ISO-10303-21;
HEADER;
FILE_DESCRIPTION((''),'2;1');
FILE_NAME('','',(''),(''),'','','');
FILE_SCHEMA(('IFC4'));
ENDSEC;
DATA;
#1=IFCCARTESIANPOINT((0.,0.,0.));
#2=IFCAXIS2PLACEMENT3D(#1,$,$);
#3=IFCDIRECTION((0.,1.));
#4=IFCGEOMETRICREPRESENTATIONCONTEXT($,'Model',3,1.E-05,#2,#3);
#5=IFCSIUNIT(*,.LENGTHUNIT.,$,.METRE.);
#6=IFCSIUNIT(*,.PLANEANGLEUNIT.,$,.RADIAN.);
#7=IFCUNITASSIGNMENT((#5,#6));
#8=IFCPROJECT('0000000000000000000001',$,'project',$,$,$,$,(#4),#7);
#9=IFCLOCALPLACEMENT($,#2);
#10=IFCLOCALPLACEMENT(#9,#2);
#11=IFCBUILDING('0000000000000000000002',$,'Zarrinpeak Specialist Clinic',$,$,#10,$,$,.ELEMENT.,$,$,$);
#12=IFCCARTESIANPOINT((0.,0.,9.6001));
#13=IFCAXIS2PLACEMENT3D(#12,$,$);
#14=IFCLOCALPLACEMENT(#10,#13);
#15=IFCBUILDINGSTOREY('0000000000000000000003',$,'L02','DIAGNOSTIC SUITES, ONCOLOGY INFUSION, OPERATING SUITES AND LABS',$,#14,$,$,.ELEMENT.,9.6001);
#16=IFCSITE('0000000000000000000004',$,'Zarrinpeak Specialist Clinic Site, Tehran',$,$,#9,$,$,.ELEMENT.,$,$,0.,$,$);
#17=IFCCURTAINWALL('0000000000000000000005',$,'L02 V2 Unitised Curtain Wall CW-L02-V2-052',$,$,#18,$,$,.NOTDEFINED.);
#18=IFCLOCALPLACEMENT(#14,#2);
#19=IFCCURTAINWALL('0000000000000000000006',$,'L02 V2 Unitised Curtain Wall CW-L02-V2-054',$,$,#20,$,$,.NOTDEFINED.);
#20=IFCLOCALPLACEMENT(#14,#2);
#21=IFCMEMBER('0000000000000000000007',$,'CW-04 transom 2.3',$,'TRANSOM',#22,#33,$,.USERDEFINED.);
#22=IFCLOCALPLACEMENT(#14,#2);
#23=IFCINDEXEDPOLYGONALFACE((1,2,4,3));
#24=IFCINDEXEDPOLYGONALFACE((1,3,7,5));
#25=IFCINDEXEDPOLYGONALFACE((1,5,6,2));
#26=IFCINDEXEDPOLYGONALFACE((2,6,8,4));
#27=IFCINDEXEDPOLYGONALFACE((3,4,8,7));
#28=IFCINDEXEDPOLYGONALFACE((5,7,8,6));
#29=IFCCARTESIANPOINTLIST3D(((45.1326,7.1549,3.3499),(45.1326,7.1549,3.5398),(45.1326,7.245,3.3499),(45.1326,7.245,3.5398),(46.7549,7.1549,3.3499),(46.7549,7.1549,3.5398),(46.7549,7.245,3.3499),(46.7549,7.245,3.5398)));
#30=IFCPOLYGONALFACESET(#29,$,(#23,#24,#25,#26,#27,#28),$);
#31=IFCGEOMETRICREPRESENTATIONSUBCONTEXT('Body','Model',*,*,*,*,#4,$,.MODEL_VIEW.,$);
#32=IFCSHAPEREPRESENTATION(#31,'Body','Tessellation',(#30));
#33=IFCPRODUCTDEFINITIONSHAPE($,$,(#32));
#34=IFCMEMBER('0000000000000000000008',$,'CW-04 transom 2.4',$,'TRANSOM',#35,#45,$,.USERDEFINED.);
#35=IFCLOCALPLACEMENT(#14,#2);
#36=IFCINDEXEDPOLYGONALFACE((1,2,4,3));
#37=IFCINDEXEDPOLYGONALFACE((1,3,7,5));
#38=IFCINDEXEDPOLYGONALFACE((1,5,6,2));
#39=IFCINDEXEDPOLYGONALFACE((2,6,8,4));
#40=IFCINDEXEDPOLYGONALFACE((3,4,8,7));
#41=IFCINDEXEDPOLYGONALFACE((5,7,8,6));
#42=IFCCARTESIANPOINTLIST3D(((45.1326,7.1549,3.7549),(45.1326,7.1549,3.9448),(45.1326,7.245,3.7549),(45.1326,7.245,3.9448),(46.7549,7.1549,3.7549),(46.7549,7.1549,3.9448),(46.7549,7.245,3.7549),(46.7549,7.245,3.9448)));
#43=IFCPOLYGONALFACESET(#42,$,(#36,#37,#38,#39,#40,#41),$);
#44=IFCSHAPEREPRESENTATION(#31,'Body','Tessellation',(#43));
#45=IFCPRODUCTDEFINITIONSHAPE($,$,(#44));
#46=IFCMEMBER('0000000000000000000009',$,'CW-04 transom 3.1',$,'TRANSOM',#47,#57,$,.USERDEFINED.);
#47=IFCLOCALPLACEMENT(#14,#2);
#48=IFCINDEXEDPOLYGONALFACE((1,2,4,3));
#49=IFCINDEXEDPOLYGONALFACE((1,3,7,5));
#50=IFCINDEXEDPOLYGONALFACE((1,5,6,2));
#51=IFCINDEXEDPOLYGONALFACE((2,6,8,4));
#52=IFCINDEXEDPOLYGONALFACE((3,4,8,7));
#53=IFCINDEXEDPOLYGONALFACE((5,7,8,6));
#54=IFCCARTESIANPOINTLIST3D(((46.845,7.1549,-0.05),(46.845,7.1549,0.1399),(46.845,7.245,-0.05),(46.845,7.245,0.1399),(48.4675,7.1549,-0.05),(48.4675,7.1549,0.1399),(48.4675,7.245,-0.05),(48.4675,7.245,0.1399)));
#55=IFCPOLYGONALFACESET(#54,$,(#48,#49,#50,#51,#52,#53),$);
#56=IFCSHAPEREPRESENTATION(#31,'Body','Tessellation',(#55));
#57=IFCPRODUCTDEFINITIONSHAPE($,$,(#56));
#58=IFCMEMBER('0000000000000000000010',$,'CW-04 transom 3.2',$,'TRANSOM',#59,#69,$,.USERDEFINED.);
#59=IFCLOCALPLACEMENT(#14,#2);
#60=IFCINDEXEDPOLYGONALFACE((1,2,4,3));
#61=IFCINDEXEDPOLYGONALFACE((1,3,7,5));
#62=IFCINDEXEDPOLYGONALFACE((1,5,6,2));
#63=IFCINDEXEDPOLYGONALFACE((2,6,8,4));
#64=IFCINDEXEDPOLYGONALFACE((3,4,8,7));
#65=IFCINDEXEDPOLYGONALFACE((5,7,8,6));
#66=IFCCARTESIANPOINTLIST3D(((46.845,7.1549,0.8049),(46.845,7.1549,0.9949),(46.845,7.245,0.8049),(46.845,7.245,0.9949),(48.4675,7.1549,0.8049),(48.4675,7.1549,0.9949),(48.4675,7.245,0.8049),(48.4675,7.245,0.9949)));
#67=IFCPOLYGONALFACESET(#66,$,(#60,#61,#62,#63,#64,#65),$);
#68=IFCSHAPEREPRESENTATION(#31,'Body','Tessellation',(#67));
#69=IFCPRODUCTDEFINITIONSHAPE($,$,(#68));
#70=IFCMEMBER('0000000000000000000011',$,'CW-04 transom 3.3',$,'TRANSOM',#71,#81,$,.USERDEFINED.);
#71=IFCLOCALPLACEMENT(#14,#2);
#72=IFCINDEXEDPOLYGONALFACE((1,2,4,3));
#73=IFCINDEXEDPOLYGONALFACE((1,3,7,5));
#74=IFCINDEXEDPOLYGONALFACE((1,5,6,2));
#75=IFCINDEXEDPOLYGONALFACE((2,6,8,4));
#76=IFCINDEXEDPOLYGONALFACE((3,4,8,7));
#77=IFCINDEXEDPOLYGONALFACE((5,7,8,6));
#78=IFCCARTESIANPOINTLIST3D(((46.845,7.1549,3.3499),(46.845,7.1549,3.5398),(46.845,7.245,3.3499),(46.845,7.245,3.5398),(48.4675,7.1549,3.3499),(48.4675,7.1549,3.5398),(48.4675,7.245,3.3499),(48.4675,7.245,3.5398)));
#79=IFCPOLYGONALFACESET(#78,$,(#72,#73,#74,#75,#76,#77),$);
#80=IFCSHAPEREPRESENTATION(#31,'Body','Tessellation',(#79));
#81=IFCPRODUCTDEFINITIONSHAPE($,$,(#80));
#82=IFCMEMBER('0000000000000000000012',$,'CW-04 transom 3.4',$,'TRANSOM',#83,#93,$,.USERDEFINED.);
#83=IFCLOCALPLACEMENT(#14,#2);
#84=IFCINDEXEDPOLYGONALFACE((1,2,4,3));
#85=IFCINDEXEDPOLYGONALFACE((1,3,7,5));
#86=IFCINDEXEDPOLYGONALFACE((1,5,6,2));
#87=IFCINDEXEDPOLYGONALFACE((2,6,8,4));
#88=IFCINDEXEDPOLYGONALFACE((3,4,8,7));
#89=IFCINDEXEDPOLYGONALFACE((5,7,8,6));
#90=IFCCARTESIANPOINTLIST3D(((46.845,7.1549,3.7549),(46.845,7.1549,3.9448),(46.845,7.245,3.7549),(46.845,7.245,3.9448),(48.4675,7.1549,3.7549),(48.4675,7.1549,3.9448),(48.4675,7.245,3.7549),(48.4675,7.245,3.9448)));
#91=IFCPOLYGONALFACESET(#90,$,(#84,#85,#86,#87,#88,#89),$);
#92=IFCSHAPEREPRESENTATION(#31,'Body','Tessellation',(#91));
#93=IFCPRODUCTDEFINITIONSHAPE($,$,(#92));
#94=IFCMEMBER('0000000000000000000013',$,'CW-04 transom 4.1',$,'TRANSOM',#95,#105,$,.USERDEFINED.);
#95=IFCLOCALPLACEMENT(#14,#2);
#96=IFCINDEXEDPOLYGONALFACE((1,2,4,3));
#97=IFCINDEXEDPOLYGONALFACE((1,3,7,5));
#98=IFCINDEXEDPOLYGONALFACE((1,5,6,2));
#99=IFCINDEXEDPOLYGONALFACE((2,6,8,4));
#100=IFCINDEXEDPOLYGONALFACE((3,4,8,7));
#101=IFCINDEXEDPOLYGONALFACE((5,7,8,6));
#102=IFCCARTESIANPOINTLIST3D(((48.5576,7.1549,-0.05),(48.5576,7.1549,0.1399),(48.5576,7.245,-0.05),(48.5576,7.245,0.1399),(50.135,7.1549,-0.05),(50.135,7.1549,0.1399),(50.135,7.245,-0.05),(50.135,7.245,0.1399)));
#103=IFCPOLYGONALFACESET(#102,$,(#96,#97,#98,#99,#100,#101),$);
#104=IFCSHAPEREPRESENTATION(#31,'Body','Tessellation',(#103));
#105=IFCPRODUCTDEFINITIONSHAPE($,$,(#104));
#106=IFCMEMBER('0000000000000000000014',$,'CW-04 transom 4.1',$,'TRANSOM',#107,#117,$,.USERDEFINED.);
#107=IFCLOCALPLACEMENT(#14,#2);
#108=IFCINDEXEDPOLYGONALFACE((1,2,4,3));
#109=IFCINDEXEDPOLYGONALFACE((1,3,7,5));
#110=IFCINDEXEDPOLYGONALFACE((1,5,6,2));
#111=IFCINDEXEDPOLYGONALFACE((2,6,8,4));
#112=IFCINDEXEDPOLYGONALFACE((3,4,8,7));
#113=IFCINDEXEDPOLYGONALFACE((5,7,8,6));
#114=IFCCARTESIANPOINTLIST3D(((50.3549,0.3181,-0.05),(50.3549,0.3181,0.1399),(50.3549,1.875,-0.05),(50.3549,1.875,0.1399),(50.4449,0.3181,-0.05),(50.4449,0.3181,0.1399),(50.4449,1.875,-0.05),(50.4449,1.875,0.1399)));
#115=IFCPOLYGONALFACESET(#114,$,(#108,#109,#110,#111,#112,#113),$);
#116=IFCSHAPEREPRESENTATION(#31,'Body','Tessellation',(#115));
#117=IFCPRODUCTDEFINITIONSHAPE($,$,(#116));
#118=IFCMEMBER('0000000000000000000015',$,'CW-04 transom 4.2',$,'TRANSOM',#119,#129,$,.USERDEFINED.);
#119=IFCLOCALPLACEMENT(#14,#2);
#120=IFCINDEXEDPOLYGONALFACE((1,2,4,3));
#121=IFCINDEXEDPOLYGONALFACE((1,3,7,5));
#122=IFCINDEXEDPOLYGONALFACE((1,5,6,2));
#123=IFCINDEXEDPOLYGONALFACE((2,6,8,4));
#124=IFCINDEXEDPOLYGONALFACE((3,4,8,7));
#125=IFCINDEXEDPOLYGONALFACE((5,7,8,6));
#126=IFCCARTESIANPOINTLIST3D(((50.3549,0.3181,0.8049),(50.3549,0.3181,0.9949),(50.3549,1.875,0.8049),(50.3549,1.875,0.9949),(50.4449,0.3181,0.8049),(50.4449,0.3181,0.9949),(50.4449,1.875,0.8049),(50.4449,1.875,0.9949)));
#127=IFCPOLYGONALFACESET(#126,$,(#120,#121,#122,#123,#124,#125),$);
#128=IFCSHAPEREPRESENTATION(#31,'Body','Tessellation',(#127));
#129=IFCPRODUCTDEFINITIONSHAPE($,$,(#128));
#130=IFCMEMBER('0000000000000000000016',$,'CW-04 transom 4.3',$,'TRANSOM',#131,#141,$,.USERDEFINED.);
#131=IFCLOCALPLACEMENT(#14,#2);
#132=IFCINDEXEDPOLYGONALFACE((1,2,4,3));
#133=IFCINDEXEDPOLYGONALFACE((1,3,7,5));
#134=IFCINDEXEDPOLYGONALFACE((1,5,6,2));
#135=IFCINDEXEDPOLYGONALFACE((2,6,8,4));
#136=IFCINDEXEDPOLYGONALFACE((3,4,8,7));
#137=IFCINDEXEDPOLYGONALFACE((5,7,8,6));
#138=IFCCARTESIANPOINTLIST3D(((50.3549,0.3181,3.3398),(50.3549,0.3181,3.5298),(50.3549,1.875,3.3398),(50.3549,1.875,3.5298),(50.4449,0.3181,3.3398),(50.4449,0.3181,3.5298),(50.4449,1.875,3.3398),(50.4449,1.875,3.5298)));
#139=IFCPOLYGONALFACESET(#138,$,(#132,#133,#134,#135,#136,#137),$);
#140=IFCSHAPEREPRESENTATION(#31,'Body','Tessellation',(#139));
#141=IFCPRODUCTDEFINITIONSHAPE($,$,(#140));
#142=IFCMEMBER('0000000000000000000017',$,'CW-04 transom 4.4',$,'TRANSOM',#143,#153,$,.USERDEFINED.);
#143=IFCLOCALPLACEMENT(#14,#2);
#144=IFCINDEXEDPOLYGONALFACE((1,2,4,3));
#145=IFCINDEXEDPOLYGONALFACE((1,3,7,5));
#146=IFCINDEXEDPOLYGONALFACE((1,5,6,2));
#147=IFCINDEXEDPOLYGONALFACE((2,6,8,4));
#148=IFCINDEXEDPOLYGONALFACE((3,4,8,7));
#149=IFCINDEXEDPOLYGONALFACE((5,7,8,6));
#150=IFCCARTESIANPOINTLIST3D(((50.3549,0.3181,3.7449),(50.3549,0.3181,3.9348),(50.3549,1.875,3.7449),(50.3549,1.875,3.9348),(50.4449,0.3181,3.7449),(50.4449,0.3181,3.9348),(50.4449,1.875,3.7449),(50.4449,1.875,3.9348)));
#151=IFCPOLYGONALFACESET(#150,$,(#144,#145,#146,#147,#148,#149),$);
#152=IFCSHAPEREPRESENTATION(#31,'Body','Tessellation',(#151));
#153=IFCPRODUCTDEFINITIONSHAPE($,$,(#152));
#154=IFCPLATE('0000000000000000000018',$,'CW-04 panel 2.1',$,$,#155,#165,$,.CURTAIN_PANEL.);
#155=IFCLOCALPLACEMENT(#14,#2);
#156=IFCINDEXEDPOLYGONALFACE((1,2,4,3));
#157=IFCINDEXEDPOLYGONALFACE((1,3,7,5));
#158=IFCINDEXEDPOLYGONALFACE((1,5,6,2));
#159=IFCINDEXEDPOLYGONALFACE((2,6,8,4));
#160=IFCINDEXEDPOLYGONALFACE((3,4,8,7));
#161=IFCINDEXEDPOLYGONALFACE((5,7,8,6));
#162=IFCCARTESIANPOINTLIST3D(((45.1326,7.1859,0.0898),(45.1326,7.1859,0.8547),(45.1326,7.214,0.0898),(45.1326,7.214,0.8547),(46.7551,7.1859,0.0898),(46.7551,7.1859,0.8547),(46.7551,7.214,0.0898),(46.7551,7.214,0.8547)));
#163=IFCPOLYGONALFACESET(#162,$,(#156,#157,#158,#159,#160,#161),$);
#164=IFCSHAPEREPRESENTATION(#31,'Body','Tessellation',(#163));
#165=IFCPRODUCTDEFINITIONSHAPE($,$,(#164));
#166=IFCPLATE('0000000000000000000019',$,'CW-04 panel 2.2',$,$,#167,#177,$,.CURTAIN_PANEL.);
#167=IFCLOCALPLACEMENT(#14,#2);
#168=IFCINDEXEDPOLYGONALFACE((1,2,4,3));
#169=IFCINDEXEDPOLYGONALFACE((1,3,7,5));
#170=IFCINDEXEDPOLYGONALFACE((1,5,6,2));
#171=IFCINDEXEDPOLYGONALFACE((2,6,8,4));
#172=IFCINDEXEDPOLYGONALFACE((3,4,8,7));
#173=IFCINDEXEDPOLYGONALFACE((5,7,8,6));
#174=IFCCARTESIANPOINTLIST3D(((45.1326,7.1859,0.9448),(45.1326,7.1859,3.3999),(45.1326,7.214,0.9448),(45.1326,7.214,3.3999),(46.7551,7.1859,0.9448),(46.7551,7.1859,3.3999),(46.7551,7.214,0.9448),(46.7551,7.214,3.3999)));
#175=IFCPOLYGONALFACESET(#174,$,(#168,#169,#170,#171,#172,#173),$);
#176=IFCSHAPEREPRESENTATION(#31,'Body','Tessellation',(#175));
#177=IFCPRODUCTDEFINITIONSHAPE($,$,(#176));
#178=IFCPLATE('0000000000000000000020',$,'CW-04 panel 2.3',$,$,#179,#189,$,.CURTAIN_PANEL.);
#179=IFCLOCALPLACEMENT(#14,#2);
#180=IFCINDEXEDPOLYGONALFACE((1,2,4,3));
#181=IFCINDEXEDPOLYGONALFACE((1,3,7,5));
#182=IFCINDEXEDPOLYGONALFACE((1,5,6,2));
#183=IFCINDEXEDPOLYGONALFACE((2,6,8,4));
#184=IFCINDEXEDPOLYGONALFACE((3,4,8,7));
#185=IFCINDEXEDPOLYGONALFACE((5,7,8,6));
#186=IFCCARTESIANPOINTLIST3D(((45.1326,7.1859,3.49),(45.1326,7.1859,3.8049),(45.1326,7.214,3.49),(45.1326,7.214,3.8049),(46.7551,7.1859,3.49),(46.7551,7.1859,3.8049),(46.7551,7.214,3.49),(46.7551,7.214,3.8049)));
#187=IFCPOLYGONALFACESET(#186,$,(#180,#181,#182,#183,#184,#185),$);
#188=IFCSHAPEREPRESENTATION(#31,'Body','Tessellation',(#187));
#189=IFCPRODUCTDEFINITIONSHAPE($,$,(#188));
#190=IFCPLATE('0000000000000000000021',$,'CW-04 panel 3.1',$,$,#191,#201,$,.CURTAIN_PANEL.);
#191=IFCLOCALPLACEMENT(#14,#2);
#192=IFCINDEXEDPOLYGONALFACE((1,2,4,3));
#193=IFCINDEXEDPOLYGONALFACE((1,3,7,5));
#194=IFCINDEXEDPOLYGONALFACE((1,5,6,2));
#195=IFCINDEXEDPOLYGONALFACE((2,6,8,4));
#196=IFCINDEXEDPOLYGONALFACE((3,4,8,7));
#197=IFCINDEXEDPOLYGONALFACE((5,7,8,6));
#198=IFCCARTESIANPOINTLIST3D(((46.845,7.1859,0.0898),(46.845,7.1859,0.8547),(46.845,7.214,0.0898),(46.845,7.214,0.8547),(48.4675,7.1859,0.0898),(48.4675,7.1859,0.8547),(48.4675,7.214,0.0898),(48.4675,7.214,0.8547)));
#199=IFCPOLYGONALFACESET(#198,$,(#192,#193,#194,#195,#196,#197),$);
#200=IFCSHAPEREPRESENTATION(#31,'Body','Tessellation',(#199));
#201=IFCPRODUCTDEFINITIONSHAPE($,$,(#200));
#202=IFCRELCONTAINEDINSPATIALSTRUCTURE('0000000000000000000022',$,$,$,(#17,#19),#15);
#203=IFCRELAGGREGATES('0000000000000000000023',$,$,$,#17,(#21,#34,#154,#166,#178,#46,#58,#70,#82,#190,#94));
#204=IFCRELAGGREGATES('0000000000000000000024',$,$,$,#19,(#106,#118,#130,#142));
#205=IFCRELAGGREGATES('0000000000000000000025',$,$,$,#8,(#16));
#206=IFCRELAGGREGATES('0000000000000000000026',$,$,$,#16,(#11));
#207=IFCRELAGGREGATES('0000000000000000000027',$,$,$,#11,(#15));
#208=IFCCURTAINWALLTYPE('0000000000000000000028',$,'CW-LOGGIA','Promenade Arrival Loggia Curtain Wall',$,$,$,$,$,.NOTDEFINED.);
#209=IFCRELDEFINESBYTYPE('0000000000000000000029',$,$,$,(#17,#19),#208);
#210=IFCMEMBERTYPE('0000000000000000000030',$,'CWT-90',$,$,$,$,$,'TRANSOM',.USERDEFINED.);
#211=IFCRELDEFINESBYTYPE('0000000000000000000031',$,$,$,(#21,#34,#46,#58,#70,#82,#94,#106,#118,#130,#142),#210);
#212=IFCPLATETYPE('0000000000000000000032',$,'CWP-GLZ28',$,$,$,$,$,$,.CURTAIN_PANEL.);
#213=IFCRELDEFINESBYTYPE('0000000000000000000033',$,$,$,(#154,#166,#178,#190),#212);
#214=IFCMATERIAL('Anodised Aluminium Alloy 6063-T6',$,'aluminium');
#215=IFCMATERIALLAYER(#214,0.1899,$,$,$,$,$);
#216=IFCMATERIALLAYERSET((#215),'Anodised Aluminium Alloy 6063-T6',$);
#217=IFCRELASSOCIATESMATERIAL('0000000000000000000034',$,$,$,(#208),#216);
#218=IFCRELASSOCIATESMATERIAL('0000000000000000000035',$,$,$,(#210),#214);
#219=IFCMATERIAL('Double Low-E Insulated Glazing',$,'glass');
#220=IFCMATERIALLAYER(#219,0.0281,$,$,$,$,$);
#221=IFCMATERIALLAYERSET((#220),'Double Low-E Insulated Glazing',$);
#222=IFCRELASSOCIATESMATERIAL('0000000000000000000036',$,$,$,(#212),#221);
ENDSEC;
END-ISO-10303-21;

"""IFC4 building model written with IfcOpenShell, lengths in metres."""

from ifc_helpers import new_model, si_unit, direction, frame, origin, origin_2d, place, context, subcontext, project, spatial, rectangle, extrude, material, layer, layer_set, material_profile, profile_set, type_object, element, aggregate, save


model = new_model("IFC4")

# Units and contexts
model_context = context("Model", 3, precision=1e-05, world=origin(), true_north=direction((0.0, 1.0)))
body_context = subcontext(model_context, "Body", "Model", "MODEL_VIEW")
ifc_project = project(units=[si_unit("LENGTHUNIT", "METRE"), si_unit("PLANEANGLEUNIT", "RADIAN")], contexts=[model_context])

# Site, building, storey
site_placement = place(None, origin())
site = spatial("IfcSite", under=ifc_project, at=site_placement, Name="Zarrinpeak Specialist Clinic Site, Tehran", CompositionType="ELEMENT", RefElevation=0.0)
building_placement = place(site_placement, origin())
building = spatial("IfcBuilding", under=site, at=building_placement, Name="Zarrinpeak Specialist Clinic", CompositionType="ELEMENT")
storey_placement = place(building_placement, frame((0.0, 0.0, 9.6001)))
storey = spatial("IfcBuildingStorey", under=building, at=storey_placement, Name="L02", Description="DIAGNOSTIC SUITES, ONCOLOGY INFUSION, OPERATING SUITES AND LABS", CompositionType="ELEMENT", Elevation=9.6001)

# Curtain walls
ifc_material_1 = material(Name="Anodised Aluminium Alloy 6063-T6", Category="aluminium")
ifc_layer_1 = layer(ifc_material_1, 0.1899)
ifc_layer_set_1 = layer_set([ifc_layer_1], Name="Anodised Aluminium Alloy 6063-T6")
curtain_wall_type = type_object("IfcCurtainWallType", Name="CW-LOGGIA", Description="Promenade Arrival Loggia Curtain Wall", PredefinedType="NOTDEFINED", material=ifc_layer_set_1)
curtain_wall_1_placement = place(storey_placement, origin())
curtain_wall_1 = element("IfcCurtainWall", 1, at=curtain_wall_1_placement, inside=storey, type_object=curtain_wall_type, Name="L02 V2 Unitised Curtain Wall CW-L02-V2-052", PredefinedType="NOTDEFINED")
curtain_wall_2_placement = place(storey_placement, origin())
curtain_wall_2 = element("IfcCurtainWall", 2, at=curtain_wall_2_placement, inside=storey, type_object=curtain_wall_type, Name="L02 V2 Unitised Curtain Wall CW-L02-V2-054", PredefinedType="NOTDEFINED")

# Members
ifc_material_profile_1 = material_profile(ifc_material_1, rectangle(XDim=0.0901, YDim=0.1899, at=origin_2d()), Name="ALU 90x190")
ifc_profile_set_1 = profile_set([ifc_material_profile_1], Name="Anodised Aluminium Alloy 6063-T6")
member_type_1 = type_object("IfcMemberType", Name="CWT-90", ElementType="TRANSOM", PredefinedType="USERDEFINED", material=ifc_profile_set_1)
member_1_placement = place(storey_placement, frame((45.1326, 7.2, 3.4448), z_axis=(1.0, 0.0, 0.0), x_axis=(0.0, 1.0, 0.0)))
member_1 = element("IfcMember", 3, at=member_1_placement, type_object=member_type_1, Name="CW-04 transom 2.3", ObjectType="TRANSOM", PredefinedType="USERDEFINED", context=body_context, shape_type="SweptSolid", body=[
    extrude(rectangle(XDim=0.0901, YDim=0.1899, at=origin_2d()), origin(), (0.0, 0.0, 1.0), 1.6223),
])
member_2_placement = place(storey_placement, frame((45.1326, 7.2, 3.8499), z_axis=(1.0, 0.0, 0.0), x_axis=(0.0, 1.0, 0.0)))
member_2 = element("IfcMember", 4, at=member_2_placement, type_object=member_type_1, Name="CW-04 transom 2.4", ObjectType="TRANSOM", PredefinedType="USERDEFINED", context=body_context, shape_type="SweptSolid", body=[
    extrude(rectangle(XDim=0.0901, YDim=0.1899, at=origin_2d()), origin(), (0.0, 0.0, 1.0), 1.6223),
])
member_3_placement = place(storey_placement, frame((46.845, 7.2, 0.0449), z_axis=(1.0, 0.0, 0.0), x_axis=(0.0, 1.0, 0.0)))
member_3 = element("IfcMember", 5, at=member_3_placement, type_object=member_type_1, Name="CW-04 transom 3.1", ObjectType="TRANSOM", PredefinedType="USERDEFINED", context=body_context, shape_type="SweptSolid", body=[
    extrude(rectangle(XDim=0.0901, YDim=0.1899, at=origin_2d()), origin(), (0.0, 0.0, 1.0), 1.6226),
])
member_4_placement = place(storey_placement, frame((46.845, 7.2, 0.8999), z_axis=(1.0, 0.0, 0.0), x_axis=(0.0, 1.0, 0.0)))
member_4 = element("IfcMember", 6, at=member_4_placement, type_object=member_type_1, Name="CW-04 transom 3.2", ObjectType="TRANSOM", PredefinedType="USERDEFINED", context=body_context, shape_type="SweptSolid", body=[
    extrude(rectangle(XDim=0.0901, YDim=0.1899, at=origin_2d()), origin(), (0.0, 0.0, 1.0), 1.6226),
])
member_5_placement = place(storey_placement, frame((46.845, 7.2, 3.4448), z_axis=(1.0, 0.0, 0.0), x_axis=(0.0, 1.0, 0.0)))
member_5 = element("IfcMember", 7, at=member_5_placement, type_object=member_type_1, Name="CW-04 transom 3.3", ObjectType="TRANSOM", PredefinedType="USERDEFINED", context=body_context, shape_type="SweptSolid", body=[
    extrude(rectangle(XDim=0.0901, YDim=0.1899, at=origin_2d()), origin(), (0.0, 0.0, 1.0), 1.6226),
])
member_6_placement = place(storey_placement, frame((46.845, 7.2, 3.8499), z_axis=(1.0, 0.0, 0.0), x_axis=(0.0, 1.0, 0.0)))
member_6 = element("IfcMember", 8, at=member_6_placement, type_object=member_type_1, Name="CW-04 transom 3.4", ObjectType="TRANSOM", PredefinedType="USERDEFINED", context=body_context, shape_type="SweptSolid", body=[
    extrude(rectangle(XDim=0.0901, YDim=0.1899, at=origin_2d()), origin(), (0.0, 0.0, 1.0), 1.6226),
])
member_7_placement = place(storey_placement, frame((48.5576, 7.2, 0.0449), z_axis=(1.0, 0.0, 0.0), x_axis=(0.0, 1.0, 0.0)))
member_7 = element("IfcMember", 9, at=member_7_placement, type_object=member_type_1, Name="CW-04 transom 4.1", ObjectType="TRANSOM", PredefinedType="USERDEFINED", context=body_context, shape_type="SweptSolid", body=[
    extrude(rectangle(XDim=0.0901, YDim=0.1899, at=origin_2d()), origin(), (0.0, 0.0, 1.0), 1.5774),
])
member_8_placement = place(storey_placement, frame((50.3999, 1.875, 0.0449), z_axis=(0.0, -1.0, 0.0), x_axis=(1.0, 0.0, 0.0)))
member_8 = element("IfcMember", 10, at=member_8_placement, type_object=member_type_1, Name="CW-04 transom 4.1", ObjectType="TRANSOM", PredefinedType="USERDEFINED", context=body_context, shape_type="SweptSolid", body=[
    extrude(rectangle(XDim=0.0901, YDim=0.1899, at=origin_2d()), origin(), (0.0, 0.0, 1.0), 1.5569),
])
member_9_placement = place(storey_placement, frame((50.3999, 1.875, 0.8999), z_axis=(0.0, -1.0, 0.0), x_axis=(1.0, 0.0, 0.0)))
member_9 = element("IfcMember", 11, at=member_9_placement, type_object=member_type_1, Name="CW-04 transom 4.2", ObjectType="TRANSOM", PredefinedType="USERDEFINED", context=body_context, shape_type="SweptSolid", body=[
    extrude(rectangle(XDim=0.0901, YDim=0.1899, at=origin_2d()), origin(), (0.0, 0.0, 1.0), 1.5569),
])
member_10_placement = place(storey_placement, frame((50.3999, 1.875, 3.4348), z_axis=(0.0, -1.0, 0.0), x_axis=(1.0, 0.0, 0.0)))
member_10 = element("IfcMember", 12, at=member_10_placement, type_object=member_type_1, Name="CW-04 transom 4.3", ObjectType="TRANSOM", PredefinedType="USERDEFINED", context=body_context, shape_type="SweptSolid", body=[
    extrude(rectangle(XDim=0.0901, YDim=0.1899, at=origin_2d()), origin(), (0.0, 0.0, 1.0), 1.5569),
])
member_11_placement = place(storey_placement, frame((50.3999, 1.875, 3.8398), z_axis=(0.0, -1.0, 0.0), x_axis=(1.0, 0.0, 0.0)))
member_11 = element("IfcMember", 13, at=member_11_placement, type_object=member_type_1, Name="CW-04 transom 4.4", ObjectType="TRANSOM", PredefinedType="USERDEFINED", context=body_context, shape_type="SweptSolid", body=[
    extrude(rectangle(XDim=0.0901, YDim=0.1899, at=origin_2d()), origin(), (0.0, 0.0, 1.0), 1.5569),
])

# Plates
ifc_material_2 = material(Name="Double Low-E Insulated Glazing", Category="glass")
ifc_layer_2 = layer(ifc_material_2, 0.0281)
ifc_layer_set_2 = layer_set([ifc_layer_2], Name="Double Low-E Insulated Glazing")
plate_type_1 = type_object("IfcPlateType", Name="CWP-GLZ28", PredefinedType="CURTAIN_PANEL", material=ifc_layer_set_2)
plate_1_placement = place(storey_placement, frame((45.9438, 7.2, 0.0898), z_axis=(0.0, 0.0, 1.0), x_axis=(1.0, 0.0, 0.0)))
plate_1 = element("IfcPlate", 14, at=plate_1_placement, type_object=plate_type_1, Name="CW-04 panel 2.1", PredefinedType="CURTAIN_PANEL", context=body_context, shape_type="SweptSolid", body=[
    extrude(rectangle(XDim=1.6226, YDim=0.0281, at=origin_2d()), origin(), (0.0, 0.0, 1.0), 0.7649),
])
plate_2_placement = place(storey_placement, frame((45.9438, 7.2, 0.9448), z_axis=(0.0, 0.0, 1.0), x_axis=(1.0, 0.0, 0.0)))
plate_2 = element("IfcPlate", 15, at=plate_2_placement, type_object=plate_type_1, Name="CW-04 panel 2.2", PredefinedType="CURTAIN_PANEL", context=body_context, shape_type="SweptSolid", body=[
    extrude(rectangle(XDim=1.6226, YDim=0.0281, at=origin_2d()), origin(), (0.0, 0.0, 1.0), 2.4551),
])
plate_3_placement = place(storey_placement, frame((45.9438, 7.2, 3.49), z_axis=(0.0, 0.0, 1.0), x_axis=(1.0, 0.0, 0.0)))
plate_3 = element("IfcPlate", 16, at=plate_3_placement, type_object=plate_type_1, Name="CW-04 panel 2.3", PredefinedType="CURTAIN_PANEL", context=body_context, shape_type="SweptSolid", body=[
    extrude(rectangle(XDim=1.6226, YDim=0.0281, at=origin_2d()), origin(), (0.0, 0.0, 1.0), 0.3149),
])
plate_4_placement = place(storey_placement, frame((47.6562, 7.2, 0.0898), z_axis=(0.0, 0.0, 1.0), x_axis=(1.0, 0.0, 0.0)))
plate_4 = element("IfcPlate", 17, at=plate_4_placement, type_object=plate_type_1, Name="CW-04 panel 3.1", PredefinedType="CURTAIN_PANEL", context=body_context, shape_type="SweptSolid", body=[
    extrude(rectangle(XDim=1.6226, YDim=0.0281, at=origin_2d()), origin(), (0.0, 0.0, 1.0), 0.7649),
])
aggregate(curtain_wall_1, [member_1, member_2, plate_1, plate_2, plate_3, member_3, member_4, member_5, member_6, plate_4, member_7])
aggregate(curtain_wall_2, [member_8, member_9, member_10, member_11])

save(model, "model.ifc")
